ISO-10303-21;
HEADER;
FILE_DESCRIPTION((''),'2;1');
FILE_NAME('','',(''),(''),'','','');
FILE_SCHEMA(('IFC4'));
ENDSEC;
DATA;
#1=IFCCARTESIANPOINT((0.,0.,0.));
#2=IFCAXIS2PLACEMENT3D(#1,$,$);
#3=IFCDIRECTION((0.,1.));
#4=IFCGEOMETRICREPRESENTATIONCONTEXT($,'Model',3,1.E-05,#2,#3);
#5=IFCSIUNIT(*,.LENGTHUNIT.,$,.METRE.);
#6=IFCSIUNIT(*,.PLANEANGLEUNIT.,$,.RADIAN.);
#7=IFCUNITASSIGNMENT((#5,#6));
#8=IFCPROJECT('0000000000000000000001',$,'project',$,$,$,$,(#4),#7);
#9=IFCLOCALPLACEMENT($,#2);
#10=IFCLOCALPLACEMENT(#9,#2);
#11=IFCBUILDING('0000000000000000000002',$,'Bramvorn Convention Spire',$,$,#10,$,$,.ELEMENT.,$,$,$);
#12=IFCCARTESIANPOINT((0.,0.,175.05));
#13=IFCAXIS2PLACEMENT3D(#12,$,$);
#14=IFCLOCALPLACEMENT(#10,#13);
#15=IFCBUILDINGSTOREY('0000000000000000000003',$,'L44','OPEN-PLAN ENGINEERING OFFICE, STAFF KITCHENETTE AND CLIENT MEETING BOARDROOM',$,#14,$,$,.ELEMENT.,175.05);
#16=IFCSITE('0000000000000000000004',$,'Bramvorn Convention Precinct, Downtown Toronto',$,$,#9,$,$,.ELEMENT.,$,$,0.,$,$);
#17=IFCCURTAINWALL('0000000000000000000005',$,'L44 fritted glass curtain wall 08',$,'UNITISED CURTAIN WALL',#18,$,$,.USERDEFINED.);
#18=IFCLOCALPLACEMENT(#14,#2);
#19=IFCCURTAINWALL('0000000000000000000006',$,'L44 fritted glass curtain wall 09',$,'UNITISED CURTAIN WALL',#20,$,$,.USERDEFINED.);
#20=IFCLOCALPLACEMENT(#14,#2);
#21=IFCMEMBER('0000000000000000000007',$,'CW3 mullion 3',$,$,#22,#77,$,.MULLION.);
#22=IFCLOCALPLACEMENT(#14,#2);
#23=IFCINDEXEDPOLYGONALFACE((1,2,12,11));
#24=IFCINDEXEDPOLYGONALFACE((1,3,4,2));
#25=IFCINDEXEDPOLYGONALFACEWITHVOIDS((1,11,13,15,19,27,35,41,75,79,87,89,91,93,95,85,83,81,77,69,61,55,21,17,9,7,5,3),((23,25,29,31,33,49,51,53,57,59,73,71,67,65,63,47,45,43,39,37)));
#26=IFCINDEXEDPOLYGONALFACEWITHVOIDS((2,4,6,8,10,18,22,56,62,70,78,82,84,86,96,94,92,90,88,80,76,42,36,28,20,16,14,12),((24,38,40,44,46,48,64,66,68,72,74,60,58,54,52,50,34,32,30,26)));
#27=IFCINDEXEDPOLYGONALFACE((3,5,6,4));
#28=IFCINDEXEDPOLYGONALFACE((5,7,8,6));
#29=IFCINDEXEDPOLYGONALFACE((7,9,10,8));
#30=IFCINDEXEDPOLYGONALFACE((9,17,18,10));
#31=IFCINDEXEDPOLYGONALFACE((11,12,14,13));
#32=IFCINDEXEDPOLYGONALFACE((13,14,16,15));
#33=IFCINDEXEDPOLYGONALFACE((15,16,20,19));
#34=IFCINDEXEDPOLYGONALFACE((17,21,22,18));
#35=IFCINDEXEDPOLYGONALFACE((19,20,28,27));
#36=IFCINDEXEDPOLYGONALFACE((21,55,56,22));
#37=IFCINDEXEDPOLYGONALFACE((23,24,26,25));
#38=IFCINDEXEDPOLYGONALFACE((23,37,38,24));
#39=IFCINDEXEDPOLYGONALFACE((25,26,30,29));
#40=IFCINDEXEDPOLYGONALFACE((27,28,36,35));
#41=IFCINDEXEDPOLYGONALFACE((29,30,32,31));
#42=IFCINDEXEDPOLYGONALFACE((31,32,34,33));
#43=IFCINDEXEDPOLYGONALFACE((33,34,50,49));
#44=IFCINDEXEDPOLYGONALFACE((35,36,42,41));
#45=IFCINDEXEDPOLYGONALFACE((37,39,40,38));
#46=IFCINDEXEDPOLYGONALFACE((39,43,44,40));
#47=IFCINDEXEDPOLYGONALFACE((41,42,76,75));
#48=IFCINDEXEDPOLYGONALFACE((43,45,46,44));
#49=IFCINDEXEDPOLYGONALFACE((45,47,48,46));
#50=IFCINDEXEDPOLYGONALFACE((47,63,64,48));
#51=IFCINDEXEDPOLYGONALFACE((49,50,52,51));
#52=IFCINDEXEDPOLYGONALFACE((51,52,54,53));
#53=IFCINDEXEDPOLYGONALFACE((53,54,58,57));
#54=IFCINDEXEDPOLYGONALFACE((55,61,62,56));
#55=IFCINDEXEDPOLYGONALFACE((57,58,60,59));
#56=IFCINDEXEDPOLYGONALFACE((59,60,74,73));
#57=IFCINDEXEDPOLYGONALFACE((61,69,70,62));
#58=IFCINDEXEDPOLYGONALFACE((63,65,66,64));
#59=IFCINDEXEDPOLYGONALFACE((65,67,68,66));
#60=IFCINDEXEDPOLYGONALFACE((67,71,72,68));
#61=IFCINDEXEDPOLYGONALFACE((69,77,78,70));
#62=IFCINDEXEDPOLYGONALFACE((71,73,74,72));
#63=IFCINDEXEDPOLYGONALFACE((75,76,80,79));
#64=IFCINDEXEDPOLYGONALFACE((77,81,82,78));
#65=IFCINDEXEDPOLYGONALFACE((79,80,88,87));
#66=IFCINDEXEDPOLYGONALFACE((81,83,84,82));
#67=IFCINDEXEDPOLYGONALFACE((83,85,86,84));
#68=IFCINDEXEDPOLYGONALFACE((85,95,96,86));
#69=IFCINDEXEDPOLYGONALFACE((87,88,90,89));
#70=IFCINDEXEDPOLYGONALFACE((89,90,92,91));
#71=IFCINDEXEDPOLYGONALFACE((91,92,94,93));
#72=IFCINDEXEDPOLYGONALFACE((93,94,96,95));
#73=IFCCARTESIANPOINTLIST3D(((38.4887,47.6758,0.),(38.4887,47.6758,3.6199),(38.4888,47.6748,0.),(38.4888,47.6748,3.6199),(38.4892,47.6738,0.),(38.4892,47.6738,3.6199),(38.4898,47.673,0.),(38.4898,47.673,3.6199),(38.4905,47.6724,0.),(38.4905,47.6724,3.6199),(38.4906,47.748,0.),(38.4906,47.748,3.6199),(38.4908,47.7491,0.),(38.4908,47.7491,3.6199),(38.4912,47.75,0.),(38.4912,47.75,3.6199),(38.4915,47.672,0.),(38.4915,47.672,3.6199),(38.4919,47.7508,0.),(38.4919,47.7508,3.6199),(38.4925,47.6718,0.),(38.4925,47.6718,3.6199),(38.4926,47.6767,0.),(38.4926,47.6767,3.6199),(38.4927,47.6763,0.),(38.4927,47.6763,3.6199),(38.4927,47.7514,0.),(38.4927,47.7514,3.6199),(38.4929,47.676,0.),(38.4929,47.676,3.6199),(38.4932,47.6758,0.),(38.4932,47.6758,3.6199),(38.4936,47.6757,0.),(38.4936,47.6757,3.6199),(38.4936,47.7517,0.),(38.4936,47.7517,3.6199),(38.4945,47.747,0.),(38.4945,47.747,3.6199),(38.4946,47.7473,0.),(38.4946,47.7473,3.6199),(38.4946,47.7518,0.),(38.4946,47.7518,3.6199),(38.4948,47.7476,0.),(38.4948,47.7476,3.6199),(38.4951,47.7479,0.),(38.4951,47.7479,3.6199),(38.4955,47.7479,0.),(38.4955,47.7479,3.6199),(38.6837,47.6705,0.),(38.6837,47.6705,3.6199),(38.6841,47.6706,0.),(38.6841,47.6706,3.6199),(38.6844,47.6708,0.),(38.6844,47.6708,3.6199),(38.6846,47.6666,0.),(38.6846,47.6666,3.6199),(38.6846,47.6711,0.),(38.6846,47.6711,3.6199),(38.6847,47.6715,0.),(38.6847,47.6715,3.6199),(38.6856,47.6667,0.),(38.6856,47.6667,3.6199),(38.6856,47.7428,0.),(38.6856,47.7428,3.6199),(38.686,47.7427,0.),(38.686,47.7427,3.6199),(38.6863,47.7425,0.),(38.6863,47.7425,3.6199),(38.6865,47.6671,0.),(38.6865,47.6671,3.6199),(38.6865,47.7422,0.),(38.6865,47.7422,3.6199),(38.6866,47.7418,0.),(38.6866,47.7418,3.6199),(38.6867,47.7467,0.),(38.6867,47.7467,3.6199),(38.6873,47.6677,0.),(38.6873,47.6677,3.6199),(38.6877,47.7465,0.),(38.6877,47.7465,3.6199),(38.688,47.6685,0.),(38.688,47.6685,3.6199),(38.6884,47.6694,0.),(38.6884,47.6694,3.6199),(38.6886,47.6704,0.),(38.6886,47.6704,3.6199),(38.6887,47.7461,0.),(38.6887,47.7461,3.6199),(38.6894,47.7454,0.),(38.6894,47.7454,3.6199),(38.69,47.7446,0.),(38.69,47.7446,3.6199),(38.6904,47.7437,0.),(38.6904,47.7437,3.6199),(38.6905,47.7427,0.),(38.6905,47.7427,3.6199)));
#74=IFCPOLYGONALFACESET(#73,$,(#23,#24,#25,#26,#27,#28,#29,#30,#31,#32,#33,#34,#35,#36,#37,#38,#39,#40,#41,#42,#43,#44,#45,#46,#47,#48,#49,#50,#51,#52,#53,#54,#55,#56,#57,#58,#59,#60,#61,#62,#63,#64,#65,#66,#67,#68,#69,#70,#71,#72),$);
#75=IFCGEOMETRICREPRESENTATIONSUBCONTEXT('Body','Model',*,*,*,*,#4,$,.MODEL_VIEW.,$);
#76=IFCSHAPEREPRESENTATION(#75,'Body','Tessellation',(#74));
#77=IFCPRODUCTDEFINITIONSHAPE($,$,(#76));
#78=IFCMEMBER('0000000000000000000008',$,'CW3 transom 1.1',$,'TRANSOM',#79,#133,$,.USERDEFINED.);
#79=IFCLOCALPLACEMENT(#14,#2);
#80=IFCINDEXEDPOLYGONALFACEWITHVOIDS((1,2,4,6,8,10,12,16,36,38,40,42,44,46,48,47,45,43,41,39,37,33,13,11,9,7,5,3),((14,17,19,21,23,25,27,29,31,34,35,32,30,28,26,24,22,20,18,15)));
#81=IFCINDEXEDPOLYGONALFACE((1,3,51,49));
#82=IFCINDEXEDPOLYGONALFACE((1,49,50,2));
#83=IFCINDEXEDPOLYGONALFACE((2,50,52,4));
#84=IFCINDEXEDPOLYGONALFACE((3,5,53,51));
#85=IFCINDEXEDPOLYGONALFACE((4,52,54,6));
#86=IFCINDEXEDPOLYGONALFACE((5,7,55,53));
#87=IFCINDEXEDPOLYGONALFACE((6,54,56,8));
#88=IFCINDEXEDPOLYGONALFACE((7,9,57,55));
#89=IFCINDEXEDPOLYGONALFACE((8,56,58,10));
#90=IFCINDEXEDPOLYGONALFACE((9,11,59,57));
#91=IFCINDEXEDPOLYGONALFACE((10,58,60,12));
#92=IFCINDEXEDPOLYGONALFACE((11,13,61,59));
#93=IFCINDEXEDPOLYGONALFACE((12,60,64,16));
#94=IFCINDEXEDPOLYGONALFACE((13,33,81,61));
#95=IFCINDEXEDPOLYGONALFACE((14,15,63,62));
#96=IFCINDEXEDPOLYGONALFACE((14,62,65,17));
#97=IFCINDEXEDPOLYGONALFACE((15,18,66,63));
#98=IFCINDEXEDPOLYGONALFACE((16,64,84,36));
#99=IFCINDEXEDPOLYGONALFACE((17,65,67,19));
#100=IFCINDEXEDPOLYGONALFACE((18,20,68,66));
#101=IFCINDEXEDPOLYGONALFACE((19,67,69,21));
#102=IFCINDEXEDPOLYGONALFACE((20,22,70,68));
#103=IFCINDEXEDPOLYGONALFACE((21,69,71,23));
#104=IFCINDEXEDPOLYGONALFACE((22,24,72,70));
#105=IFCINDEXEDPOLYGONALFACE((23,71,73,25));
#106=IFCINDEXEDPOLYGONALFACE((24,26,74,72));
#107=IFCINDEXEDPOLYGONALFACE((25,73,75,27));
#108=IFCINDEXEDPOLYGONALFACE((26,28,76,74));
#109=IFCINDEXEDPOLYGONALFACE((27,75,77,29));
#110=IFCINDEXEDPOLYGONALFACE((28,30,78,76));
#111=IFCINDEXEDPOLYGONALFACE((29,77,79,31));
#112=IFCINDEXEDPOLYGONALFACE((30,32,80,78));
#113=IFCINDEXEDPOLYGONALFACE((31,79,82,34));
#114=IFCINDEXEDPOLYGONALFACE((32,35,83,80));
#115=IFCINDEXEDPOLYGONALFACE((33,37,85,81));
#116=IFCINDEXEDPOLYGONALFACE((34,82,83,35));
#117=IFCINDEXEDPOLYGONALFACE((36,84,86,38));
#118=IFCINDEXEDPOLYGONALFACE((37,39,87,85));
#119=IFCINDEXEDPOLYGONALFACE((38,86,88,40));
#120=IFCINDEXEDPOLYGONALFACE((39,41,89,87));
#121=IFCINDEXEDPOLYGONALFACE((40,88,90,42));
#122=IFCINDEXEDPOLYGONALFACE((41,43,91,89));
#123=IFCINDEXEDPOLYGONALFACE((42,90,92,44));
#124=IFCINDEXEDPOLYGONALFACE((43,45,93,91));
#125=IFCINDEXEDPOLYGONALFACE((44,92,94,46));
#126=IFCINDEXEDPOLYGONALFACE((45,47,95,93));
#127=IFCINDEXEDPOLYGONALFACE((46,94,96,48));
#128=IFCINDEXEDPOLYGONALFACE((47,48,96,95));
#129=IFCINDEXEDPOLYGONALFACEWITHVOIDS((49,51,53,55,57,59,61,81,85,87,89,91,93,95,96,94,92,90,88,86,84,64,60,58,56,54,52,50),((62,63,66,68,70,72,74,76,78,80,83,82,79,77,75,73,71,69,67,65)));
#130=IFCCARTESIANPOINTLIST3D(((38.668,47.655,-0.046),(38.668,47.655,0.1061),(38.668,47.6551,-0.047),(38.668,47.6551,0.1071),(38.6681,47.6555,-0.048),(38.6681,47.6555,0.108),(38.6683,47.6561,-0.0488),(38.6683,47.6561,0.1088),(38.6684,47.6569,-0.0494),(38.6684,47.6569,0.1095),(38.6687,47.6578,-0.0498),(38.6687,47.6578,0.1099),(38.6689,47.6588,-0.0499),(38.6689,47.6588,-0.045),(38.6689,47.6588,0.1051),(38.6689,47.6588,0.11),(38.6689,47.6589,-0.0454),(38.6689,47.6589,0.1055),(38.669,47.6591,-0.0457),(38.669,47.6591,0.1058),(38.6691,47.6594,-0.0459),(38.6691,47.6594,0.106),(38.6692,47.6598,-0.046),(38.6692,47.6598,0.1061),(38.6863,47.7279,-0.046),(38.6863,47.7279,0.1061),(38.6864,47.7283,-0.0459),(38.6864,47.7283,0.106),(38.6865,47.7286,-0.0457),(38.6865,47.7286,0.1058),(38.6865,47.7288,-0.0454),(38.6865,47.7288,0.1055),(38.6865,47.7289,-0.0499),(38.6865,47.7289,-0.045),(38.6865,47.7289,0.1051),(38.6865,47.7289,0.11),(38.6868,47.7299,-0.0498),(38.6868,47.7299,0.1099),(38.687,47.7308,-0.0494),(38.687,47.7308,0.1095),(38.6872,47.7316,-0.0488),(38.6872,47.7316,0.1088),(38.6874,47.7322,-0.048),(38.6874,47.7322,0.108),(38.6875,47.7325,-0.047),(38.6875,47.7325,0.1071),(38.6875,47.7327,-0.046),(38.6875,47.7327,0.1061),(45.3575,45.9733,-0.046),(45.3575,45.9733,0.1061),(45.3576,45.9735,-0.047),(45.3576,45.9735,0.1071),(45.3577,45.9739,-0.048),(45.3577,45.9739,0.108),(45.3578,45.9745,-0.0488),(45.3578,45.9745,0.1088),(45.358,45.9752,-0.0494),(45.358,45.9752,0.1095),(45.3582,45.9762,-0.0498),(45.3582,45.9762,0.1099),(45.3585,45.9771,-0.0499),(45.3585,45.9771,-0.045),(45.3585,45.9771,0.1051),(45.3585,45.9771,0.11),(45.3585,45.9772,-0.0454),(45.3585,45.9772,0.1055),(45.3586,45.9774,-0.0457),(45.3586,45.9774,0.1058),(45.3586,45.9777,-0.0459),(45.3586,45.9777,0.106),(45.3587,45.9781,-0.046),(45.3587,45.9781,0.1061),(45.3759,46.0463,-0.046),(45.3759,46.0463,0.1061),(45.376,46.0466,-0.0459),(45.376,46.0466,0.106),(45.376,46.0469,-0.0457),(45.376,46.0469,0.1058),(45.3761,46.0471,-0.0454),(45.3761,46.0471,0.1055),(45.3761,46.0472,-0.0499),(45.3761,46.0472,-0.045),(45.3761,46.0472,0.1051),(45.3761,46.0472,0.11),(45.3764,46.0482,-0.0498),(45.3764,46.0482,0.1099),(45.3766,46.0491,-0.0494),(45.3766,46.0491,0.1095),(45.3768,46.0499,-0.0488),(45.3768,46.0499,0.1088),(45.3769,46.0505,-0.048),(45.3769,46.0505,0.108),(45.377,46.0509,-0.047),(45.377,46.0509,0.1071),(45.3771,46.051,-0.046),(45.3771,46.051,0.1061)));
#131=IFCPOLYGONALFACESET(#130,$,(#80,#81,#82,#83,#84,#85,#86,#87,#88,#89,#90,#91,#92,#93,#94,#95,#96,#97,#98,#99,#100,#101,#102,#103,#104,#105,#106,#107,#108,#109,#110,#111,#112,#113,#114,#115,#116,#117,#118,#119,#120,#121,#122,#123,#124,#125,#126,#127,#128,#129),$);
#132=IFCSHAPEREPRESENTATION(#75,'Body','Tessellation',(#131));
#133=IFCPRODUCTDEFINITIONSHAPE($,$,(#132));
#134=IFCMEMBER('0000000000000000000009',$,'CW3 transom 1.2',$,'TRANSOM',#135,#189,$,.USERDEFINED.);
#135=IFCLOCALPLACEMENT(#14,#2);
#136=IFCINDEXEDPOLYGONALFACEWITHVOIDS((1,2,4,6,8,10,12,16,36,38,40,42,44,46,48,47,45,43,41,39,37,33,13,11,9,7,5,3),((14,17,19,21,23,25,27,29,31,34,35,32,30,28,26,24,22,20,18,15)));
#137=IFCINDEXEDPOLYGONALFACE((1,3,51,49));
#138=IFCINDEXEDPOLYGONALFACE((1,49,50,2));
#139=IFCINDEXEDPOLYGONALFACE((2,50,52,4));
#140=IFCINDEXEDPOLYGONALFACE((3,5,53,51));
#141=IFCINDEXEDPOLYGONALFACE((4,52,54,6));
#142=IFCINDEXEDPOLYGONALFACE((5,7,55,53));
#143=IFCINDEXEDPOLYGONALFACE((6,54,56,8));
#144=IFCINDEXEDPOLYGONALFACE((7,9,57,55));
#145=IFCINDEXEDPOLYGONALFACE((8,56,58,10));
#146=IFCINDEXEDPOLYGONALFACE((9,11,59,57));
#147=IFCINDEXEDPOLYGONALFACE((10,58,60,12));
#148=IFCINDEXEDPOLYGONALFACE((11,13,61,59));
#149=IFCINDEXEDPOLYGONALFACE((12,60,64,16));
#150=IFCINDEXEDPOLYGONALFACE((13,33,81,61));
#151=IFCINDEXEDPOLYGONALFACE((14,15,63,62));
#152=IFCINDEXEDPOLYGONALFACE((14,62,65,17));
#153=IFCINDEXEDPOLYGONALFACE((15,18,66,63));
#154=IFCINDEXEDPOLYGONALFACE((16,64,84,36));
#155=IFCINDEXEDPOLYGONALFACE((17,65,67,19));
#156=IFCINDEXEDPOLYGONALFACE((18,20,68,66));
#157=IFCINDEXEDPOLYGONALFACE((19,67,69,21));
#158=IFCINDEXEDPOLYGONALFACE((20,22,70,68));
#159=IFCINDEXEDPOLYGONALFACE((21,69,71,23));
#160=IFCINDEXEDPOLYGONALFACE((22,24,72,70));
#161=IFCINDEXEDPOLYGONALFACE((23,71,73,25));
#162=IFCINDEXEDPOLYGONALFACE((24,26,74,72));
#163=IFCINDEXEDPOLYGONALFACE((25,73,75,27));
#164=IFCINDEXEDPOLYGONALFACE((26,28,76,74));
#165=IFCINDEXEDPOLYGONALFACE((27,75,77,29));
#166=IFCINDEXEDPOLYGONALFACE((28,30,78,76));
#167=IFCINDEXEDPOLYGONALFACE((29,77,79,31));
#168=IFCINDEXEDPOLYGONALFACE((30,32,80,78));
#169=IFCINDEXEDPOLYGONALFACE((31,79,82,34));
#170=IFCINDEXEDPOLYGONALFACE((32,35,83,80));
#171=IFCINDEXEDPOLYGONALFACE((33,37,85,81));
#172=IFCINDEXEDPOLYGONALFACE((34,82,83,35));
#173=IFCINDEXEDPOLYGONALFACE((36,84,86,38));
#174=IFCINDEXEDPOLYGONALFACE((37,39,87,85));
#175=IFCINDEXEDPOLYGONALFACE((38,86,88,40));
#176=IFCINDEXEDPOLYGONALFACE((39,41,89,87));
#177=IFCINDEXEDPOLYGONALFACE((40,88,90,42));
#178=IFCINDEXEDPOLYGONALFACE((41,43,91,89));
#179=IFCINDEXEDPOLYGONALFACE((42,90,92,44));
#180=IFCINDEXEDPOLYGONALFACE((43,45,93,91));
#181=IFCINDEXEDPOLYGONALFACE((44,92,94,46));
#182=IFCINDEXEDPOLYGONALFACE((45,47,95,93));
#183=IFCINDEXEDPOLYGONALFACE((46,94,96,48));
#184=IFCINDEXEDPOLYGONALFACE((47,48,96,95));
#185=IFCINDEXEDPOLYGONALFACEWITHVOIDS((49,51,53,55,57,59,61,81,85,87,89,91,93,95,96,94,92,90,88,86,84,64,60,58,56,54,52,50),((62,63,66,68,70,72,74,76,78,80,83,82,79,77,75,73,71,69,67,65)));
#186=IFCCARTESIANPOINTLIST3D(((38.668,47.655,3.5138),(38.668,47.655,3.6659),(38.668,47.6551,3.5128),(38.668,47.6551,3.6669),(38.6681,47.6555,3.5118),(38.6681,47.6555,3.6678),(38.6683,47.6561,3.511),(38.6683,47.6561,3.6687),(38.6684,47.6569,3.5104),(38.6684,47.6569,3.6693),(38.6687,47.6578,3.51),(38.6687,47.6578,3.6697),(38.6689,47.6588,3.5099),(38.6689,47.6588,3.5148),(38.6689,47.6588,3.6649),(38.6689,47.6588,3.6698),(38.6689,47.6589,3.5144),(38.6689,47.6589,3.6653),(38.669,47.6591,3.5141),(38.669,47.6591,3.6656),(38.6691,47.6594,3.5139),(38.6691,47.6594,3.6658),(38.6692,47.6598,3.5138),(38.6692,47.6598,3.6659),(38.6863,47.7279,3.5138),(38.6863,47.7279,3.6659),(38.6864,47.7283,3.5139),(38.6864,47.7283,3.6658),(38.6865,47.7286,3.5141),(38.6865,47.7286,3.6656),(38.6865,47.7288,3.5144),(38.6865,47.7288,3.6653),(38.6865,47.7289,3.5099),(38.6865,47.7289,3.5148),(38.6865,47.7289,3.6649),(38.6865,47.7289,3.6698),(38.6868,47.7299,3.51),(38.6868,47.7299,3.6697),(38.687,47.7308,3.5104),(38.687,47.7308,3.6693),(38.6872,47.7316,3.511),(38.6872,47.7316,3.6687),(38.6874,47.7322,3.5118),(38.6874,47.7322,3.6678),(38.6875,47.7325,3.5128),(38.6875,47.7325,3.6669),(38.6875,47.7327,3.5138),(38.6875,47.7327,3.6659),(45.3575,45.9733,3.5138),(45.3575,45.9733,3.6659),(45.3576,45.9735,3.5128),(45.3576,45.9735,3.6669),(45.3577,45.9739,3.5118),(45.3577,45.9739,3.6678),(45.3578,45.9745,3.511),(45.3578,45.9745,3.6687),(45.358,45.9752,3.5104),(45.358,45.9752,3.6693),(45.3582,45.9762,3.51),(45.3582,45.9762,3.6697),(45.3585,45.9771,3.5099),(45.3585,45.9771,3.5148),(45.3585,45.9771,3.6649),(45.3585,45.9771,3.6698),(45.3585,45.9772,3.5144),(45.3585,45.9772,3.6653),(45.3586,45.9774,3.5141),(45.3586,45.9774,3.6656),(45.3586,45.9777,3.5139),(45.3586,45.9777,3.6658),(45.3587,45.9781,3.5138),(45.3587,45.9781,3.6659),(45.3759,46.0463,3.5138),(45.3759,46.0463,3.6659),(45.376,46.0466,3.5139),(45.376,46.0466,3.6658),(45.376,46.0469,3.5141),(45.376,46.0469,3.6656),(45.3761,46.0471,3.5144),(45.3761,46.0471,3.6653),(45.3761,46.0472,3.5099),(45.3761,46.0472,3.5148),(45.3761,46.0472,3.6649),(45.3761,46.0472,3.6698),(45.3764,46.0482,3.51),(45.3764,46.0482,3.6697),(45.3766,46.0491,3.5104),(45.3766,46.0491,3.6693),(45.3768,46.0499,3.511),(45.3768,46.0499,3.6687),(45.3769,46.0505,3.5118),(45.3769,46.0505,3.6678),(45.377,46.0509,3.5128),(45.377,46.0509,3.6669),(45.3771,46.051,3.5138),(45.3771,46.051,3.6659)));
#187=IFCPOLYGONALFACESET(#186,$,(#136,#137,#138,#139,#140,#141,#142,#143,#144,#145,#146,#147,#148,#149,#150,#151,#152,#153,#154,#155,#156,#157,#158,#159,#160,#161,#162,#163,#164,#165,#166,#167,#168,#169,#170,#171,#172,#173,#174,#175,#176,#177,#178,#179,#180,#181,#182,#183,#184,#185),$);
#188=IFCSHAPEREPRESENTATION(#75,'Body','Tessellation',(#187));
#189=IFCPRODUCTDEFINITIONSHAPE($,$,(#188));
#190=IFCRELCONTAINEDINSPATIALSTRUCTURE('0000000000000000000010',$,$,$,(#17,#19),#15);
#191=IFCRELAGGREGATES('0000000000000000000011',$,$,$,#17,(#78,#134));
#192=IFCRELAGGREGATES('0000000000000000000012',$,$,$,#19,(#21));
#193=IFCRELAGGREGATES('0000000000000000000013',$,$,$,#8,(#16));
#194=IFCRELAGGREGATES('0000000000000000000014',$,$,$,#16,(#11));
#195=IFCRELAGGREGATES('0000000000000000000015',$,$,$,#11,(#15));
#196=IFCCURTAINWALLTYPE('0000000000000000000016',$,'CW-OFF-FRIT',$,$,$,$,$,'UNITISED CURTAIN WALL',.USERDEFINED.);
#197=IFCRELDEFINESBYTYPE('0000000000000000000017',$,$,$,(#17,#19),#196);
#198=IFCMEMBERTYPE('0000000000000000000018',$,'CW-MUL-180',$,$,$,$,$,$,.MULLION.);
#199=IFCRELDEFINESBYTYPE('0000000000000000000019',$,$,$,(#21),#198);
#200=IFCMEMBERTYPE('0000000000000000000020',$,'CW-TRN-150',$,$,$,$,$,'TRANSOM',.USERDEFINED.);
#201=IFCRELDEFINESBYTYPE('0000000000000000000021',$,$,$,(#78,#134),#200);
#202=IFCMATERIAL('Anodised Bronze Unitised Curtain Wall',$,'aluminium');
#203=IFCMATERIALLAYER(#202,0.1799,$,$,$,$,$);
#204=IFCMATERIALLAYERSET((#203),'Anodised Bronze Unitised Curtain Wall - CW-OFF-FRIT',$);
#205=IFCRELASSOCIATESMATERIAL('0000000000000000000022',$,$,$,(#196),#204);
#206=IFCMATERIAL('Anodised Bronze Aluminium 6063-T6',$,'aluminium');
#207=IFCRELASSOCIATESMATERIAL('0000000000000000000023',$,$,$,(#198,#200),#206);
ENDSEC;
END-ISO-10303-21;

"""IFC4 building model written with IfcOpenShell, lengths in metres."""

from ifc_helpers import new_model, si_unit, direction, frame, origin, origin_2d, place, context, subcontext, project, spatial, hollow_rectangle, extrude, material, layer, layer_set, material_profile, profile_set, type_object, element, aggregate, save


model = new_model("IFC4")

# Units and contexts
model_context = context("Model", 3, precision=1e-05, world=origin(), true_north=direction((0.0, 1.0)))
body_context = subcontext(model_context, "Body", "Model", "MODEL_VIEW")
ifc_project = project(units=[si_unit("LENGTHUNIT", "METRE"), si_unit("PLANEANGLEUNIT", "RADIAN")], contexts=[model_context])

# Site, building, storey
site_placement = place(None, origin())
site = spatial("IfcSite", under=ifc_project, at=site_placement, Name="Bramvorn Convention Precinct, Downtown Toronto", CompositionType="ELEMENT", RefElevation=0.0)
building_placement = place(site_placement, origin())
building = spatial("IfcBuilding", under=site, at=building_placement, Name="Bramvorn Convention Spire", CompositionType="ELEMENT")
storey_placement = place(building_placement, frame((0.0, 0.0, 175.05)))
storey = spatial("IfcBuildingStorey", under=building, at=storey_placement, Name="L44", Description="OPEN-PLAN ENGINEERING OFFICE, STAFF KITCHENETTE AND CLIENT MEETING BOARDROOM", CompositionType="ELEMENT", Elevation=175.05)

# Curtain walls, member
ifc_material_1 = material(Name="Anodised Bronze Unitised Curtain Wall", Category="aluminium")
ifc_layer_1 = layer(ifc_material_1, 0.1799)
ifc_layer_set_1 = layer_set([ifc_layer_1], Name="Anodised Bronze Unitised Curtain Wall - CW-OFF-FRIT")
curtain_wall_type = type_object("IfcCurtainWallType", Name="CW-OFF-FRIT", ElementType="UNITISED CURTAIN WALL", PredefinedType="USERDEFINED", material=ifc_layer_set_1)
curtain_wall_1_placement = place(storey_placement, origin())
curtain_wall_1 = element("IfcCurtainWall", 1, at=curtain_wall_1_placement, inside=storey, type_object=curtain_wall_type, Name="L44 fritted glass curtain wall 08", ObjectType="UNITISED CURTAIN WALL", PredefinedType="USERDEFINED")
ifc_material_2 = material(Name="Anodised Bronze Aluminium 6063-T6", Category="aluminium")
ifc_material_profile_1 = material_profile(ifc_material_2, hollow_rectangle(XDim=0.0801, YDim=0.2, WallThickness=0.0039, InnerFilletRadius=0.001, OuterFilletRadius=0.0039, at=origin_2d()))
ifc_profile_set_1 = profile_set([ifc_material_profile_1], Name="Anodised Bronze Aluminium 6063-T6 - CWM80X200")
member_type_1 = type_object("IfcMemberType", Name="CW-MUL-180", PredefinedType="MULLION", material=ifc_profile_set_1)
curtain_wall_2_placement = place(storey_placement, origin())
curtain_wall_2 = element("IfcCurtainWall", 2, at=curtain_wall_2_placement, inside=storey, type_object=curtain_wall_type, Name="L44 fritted glass curtain wall 09", ObjectType="UNITISED CURTAIN WALL", PredefinedType="USERDEFINED")
member_1_placement = place(storey_placement, frame((38.5896, 47.7092, 0.0), z_axis=(0.0, 0.0, 1.0), x_axis=(0.026988, 0.999636, 0.0)))
member_1 = element("IfcMember", 3, at=member_1_placement, type_object=member_type_1, Name="CW3 mullion 3", PredefinedType="MULLION", context=body_context, shape_type="SweptSolid", body=[
    extrude(hollow_rectangle(XDim=0.0801, YDim=0.2, WallThickness=0.0039, InnerFilletRadius=0.001, OuterFilletRadius=0.0039, at=origin_2d()), origin(), (0.0, 0.0, 1.0), 3.6199),
])

# Members
ifc_material_profile_2 = material_profile(ifc_material_2, hollow_rectangle(XDim=0.0801, YDim=0.1599, WallThickness=0.0039, InnerFilletRadius=0.001, OuterFilletRadius=0.0039, at=origin_2d()))
ifc_profile_set_2 = profile_set([ifc_material_profile_2], Name="Anodised Bronze Aluminium 6063-T6 - CWT80X160")
member_type_2 = type_object("IfcMemberType", Name="CW-TRN-150", ElementType="TRANSOM", PredefinedType="USERDEFINED", material=ifc_profile_set_2)
member_2_placement = place(storey_placement, frame((38.6777, 47.6938, 0.03), z_axis=(0.969825, -0.243801, 0.0), x_axis=(0.243801, 0.969825, 0.0)))
member_2 = element("IfcMember", 4, at=member_2_placement, type_object=member_type_2, Name="CW3 transom 1.1", ObjectType="TRANSOM", PredefinedType="USERDEFINED", context=body_context, shape_type="SweptSolid", body=[
    extrude(hollow_rectangle(XDim=0.0801, YDim=0.1599, WallThickness=0.0039, InnerFilletRadius=0.001, OuterFilletRadius=0.0039, at=origin_2d()), origin(), (0.0, 0.0, 1.0), 6.8977),
])
member_3_placement = place(storey_placement, frame((38.6777, 47.6938, 3.5898), z_axis=(0.969825, -0.243801, 0.0), x_axis=(0.243801, 0.969825, 0.0)))
member_3 = element("IfcMember", 5, at=member_3_placement, type_object=member_type_2, Name="CW3 transom 1.2", ObjectType="TRANSOM", PredefinedType="USERDEFINED", context=body_context, shape_type="SweptSolid", body=[
    extrude(hollow_rectangle(XDim=0.0801, YDim=0.1599, WallThickness=0.0039, InnerFilletRadius=0.001, OuterFilletRadius=0.0039, at=origin_2d()), origin(), (0.0, 0.0, 1.0), 6.8977),
])

aggregate(curtain_wall_1, [member_2, member_3])
aggregate(curtain_wall_2, [member_1])

save(model, "model.ifc")
